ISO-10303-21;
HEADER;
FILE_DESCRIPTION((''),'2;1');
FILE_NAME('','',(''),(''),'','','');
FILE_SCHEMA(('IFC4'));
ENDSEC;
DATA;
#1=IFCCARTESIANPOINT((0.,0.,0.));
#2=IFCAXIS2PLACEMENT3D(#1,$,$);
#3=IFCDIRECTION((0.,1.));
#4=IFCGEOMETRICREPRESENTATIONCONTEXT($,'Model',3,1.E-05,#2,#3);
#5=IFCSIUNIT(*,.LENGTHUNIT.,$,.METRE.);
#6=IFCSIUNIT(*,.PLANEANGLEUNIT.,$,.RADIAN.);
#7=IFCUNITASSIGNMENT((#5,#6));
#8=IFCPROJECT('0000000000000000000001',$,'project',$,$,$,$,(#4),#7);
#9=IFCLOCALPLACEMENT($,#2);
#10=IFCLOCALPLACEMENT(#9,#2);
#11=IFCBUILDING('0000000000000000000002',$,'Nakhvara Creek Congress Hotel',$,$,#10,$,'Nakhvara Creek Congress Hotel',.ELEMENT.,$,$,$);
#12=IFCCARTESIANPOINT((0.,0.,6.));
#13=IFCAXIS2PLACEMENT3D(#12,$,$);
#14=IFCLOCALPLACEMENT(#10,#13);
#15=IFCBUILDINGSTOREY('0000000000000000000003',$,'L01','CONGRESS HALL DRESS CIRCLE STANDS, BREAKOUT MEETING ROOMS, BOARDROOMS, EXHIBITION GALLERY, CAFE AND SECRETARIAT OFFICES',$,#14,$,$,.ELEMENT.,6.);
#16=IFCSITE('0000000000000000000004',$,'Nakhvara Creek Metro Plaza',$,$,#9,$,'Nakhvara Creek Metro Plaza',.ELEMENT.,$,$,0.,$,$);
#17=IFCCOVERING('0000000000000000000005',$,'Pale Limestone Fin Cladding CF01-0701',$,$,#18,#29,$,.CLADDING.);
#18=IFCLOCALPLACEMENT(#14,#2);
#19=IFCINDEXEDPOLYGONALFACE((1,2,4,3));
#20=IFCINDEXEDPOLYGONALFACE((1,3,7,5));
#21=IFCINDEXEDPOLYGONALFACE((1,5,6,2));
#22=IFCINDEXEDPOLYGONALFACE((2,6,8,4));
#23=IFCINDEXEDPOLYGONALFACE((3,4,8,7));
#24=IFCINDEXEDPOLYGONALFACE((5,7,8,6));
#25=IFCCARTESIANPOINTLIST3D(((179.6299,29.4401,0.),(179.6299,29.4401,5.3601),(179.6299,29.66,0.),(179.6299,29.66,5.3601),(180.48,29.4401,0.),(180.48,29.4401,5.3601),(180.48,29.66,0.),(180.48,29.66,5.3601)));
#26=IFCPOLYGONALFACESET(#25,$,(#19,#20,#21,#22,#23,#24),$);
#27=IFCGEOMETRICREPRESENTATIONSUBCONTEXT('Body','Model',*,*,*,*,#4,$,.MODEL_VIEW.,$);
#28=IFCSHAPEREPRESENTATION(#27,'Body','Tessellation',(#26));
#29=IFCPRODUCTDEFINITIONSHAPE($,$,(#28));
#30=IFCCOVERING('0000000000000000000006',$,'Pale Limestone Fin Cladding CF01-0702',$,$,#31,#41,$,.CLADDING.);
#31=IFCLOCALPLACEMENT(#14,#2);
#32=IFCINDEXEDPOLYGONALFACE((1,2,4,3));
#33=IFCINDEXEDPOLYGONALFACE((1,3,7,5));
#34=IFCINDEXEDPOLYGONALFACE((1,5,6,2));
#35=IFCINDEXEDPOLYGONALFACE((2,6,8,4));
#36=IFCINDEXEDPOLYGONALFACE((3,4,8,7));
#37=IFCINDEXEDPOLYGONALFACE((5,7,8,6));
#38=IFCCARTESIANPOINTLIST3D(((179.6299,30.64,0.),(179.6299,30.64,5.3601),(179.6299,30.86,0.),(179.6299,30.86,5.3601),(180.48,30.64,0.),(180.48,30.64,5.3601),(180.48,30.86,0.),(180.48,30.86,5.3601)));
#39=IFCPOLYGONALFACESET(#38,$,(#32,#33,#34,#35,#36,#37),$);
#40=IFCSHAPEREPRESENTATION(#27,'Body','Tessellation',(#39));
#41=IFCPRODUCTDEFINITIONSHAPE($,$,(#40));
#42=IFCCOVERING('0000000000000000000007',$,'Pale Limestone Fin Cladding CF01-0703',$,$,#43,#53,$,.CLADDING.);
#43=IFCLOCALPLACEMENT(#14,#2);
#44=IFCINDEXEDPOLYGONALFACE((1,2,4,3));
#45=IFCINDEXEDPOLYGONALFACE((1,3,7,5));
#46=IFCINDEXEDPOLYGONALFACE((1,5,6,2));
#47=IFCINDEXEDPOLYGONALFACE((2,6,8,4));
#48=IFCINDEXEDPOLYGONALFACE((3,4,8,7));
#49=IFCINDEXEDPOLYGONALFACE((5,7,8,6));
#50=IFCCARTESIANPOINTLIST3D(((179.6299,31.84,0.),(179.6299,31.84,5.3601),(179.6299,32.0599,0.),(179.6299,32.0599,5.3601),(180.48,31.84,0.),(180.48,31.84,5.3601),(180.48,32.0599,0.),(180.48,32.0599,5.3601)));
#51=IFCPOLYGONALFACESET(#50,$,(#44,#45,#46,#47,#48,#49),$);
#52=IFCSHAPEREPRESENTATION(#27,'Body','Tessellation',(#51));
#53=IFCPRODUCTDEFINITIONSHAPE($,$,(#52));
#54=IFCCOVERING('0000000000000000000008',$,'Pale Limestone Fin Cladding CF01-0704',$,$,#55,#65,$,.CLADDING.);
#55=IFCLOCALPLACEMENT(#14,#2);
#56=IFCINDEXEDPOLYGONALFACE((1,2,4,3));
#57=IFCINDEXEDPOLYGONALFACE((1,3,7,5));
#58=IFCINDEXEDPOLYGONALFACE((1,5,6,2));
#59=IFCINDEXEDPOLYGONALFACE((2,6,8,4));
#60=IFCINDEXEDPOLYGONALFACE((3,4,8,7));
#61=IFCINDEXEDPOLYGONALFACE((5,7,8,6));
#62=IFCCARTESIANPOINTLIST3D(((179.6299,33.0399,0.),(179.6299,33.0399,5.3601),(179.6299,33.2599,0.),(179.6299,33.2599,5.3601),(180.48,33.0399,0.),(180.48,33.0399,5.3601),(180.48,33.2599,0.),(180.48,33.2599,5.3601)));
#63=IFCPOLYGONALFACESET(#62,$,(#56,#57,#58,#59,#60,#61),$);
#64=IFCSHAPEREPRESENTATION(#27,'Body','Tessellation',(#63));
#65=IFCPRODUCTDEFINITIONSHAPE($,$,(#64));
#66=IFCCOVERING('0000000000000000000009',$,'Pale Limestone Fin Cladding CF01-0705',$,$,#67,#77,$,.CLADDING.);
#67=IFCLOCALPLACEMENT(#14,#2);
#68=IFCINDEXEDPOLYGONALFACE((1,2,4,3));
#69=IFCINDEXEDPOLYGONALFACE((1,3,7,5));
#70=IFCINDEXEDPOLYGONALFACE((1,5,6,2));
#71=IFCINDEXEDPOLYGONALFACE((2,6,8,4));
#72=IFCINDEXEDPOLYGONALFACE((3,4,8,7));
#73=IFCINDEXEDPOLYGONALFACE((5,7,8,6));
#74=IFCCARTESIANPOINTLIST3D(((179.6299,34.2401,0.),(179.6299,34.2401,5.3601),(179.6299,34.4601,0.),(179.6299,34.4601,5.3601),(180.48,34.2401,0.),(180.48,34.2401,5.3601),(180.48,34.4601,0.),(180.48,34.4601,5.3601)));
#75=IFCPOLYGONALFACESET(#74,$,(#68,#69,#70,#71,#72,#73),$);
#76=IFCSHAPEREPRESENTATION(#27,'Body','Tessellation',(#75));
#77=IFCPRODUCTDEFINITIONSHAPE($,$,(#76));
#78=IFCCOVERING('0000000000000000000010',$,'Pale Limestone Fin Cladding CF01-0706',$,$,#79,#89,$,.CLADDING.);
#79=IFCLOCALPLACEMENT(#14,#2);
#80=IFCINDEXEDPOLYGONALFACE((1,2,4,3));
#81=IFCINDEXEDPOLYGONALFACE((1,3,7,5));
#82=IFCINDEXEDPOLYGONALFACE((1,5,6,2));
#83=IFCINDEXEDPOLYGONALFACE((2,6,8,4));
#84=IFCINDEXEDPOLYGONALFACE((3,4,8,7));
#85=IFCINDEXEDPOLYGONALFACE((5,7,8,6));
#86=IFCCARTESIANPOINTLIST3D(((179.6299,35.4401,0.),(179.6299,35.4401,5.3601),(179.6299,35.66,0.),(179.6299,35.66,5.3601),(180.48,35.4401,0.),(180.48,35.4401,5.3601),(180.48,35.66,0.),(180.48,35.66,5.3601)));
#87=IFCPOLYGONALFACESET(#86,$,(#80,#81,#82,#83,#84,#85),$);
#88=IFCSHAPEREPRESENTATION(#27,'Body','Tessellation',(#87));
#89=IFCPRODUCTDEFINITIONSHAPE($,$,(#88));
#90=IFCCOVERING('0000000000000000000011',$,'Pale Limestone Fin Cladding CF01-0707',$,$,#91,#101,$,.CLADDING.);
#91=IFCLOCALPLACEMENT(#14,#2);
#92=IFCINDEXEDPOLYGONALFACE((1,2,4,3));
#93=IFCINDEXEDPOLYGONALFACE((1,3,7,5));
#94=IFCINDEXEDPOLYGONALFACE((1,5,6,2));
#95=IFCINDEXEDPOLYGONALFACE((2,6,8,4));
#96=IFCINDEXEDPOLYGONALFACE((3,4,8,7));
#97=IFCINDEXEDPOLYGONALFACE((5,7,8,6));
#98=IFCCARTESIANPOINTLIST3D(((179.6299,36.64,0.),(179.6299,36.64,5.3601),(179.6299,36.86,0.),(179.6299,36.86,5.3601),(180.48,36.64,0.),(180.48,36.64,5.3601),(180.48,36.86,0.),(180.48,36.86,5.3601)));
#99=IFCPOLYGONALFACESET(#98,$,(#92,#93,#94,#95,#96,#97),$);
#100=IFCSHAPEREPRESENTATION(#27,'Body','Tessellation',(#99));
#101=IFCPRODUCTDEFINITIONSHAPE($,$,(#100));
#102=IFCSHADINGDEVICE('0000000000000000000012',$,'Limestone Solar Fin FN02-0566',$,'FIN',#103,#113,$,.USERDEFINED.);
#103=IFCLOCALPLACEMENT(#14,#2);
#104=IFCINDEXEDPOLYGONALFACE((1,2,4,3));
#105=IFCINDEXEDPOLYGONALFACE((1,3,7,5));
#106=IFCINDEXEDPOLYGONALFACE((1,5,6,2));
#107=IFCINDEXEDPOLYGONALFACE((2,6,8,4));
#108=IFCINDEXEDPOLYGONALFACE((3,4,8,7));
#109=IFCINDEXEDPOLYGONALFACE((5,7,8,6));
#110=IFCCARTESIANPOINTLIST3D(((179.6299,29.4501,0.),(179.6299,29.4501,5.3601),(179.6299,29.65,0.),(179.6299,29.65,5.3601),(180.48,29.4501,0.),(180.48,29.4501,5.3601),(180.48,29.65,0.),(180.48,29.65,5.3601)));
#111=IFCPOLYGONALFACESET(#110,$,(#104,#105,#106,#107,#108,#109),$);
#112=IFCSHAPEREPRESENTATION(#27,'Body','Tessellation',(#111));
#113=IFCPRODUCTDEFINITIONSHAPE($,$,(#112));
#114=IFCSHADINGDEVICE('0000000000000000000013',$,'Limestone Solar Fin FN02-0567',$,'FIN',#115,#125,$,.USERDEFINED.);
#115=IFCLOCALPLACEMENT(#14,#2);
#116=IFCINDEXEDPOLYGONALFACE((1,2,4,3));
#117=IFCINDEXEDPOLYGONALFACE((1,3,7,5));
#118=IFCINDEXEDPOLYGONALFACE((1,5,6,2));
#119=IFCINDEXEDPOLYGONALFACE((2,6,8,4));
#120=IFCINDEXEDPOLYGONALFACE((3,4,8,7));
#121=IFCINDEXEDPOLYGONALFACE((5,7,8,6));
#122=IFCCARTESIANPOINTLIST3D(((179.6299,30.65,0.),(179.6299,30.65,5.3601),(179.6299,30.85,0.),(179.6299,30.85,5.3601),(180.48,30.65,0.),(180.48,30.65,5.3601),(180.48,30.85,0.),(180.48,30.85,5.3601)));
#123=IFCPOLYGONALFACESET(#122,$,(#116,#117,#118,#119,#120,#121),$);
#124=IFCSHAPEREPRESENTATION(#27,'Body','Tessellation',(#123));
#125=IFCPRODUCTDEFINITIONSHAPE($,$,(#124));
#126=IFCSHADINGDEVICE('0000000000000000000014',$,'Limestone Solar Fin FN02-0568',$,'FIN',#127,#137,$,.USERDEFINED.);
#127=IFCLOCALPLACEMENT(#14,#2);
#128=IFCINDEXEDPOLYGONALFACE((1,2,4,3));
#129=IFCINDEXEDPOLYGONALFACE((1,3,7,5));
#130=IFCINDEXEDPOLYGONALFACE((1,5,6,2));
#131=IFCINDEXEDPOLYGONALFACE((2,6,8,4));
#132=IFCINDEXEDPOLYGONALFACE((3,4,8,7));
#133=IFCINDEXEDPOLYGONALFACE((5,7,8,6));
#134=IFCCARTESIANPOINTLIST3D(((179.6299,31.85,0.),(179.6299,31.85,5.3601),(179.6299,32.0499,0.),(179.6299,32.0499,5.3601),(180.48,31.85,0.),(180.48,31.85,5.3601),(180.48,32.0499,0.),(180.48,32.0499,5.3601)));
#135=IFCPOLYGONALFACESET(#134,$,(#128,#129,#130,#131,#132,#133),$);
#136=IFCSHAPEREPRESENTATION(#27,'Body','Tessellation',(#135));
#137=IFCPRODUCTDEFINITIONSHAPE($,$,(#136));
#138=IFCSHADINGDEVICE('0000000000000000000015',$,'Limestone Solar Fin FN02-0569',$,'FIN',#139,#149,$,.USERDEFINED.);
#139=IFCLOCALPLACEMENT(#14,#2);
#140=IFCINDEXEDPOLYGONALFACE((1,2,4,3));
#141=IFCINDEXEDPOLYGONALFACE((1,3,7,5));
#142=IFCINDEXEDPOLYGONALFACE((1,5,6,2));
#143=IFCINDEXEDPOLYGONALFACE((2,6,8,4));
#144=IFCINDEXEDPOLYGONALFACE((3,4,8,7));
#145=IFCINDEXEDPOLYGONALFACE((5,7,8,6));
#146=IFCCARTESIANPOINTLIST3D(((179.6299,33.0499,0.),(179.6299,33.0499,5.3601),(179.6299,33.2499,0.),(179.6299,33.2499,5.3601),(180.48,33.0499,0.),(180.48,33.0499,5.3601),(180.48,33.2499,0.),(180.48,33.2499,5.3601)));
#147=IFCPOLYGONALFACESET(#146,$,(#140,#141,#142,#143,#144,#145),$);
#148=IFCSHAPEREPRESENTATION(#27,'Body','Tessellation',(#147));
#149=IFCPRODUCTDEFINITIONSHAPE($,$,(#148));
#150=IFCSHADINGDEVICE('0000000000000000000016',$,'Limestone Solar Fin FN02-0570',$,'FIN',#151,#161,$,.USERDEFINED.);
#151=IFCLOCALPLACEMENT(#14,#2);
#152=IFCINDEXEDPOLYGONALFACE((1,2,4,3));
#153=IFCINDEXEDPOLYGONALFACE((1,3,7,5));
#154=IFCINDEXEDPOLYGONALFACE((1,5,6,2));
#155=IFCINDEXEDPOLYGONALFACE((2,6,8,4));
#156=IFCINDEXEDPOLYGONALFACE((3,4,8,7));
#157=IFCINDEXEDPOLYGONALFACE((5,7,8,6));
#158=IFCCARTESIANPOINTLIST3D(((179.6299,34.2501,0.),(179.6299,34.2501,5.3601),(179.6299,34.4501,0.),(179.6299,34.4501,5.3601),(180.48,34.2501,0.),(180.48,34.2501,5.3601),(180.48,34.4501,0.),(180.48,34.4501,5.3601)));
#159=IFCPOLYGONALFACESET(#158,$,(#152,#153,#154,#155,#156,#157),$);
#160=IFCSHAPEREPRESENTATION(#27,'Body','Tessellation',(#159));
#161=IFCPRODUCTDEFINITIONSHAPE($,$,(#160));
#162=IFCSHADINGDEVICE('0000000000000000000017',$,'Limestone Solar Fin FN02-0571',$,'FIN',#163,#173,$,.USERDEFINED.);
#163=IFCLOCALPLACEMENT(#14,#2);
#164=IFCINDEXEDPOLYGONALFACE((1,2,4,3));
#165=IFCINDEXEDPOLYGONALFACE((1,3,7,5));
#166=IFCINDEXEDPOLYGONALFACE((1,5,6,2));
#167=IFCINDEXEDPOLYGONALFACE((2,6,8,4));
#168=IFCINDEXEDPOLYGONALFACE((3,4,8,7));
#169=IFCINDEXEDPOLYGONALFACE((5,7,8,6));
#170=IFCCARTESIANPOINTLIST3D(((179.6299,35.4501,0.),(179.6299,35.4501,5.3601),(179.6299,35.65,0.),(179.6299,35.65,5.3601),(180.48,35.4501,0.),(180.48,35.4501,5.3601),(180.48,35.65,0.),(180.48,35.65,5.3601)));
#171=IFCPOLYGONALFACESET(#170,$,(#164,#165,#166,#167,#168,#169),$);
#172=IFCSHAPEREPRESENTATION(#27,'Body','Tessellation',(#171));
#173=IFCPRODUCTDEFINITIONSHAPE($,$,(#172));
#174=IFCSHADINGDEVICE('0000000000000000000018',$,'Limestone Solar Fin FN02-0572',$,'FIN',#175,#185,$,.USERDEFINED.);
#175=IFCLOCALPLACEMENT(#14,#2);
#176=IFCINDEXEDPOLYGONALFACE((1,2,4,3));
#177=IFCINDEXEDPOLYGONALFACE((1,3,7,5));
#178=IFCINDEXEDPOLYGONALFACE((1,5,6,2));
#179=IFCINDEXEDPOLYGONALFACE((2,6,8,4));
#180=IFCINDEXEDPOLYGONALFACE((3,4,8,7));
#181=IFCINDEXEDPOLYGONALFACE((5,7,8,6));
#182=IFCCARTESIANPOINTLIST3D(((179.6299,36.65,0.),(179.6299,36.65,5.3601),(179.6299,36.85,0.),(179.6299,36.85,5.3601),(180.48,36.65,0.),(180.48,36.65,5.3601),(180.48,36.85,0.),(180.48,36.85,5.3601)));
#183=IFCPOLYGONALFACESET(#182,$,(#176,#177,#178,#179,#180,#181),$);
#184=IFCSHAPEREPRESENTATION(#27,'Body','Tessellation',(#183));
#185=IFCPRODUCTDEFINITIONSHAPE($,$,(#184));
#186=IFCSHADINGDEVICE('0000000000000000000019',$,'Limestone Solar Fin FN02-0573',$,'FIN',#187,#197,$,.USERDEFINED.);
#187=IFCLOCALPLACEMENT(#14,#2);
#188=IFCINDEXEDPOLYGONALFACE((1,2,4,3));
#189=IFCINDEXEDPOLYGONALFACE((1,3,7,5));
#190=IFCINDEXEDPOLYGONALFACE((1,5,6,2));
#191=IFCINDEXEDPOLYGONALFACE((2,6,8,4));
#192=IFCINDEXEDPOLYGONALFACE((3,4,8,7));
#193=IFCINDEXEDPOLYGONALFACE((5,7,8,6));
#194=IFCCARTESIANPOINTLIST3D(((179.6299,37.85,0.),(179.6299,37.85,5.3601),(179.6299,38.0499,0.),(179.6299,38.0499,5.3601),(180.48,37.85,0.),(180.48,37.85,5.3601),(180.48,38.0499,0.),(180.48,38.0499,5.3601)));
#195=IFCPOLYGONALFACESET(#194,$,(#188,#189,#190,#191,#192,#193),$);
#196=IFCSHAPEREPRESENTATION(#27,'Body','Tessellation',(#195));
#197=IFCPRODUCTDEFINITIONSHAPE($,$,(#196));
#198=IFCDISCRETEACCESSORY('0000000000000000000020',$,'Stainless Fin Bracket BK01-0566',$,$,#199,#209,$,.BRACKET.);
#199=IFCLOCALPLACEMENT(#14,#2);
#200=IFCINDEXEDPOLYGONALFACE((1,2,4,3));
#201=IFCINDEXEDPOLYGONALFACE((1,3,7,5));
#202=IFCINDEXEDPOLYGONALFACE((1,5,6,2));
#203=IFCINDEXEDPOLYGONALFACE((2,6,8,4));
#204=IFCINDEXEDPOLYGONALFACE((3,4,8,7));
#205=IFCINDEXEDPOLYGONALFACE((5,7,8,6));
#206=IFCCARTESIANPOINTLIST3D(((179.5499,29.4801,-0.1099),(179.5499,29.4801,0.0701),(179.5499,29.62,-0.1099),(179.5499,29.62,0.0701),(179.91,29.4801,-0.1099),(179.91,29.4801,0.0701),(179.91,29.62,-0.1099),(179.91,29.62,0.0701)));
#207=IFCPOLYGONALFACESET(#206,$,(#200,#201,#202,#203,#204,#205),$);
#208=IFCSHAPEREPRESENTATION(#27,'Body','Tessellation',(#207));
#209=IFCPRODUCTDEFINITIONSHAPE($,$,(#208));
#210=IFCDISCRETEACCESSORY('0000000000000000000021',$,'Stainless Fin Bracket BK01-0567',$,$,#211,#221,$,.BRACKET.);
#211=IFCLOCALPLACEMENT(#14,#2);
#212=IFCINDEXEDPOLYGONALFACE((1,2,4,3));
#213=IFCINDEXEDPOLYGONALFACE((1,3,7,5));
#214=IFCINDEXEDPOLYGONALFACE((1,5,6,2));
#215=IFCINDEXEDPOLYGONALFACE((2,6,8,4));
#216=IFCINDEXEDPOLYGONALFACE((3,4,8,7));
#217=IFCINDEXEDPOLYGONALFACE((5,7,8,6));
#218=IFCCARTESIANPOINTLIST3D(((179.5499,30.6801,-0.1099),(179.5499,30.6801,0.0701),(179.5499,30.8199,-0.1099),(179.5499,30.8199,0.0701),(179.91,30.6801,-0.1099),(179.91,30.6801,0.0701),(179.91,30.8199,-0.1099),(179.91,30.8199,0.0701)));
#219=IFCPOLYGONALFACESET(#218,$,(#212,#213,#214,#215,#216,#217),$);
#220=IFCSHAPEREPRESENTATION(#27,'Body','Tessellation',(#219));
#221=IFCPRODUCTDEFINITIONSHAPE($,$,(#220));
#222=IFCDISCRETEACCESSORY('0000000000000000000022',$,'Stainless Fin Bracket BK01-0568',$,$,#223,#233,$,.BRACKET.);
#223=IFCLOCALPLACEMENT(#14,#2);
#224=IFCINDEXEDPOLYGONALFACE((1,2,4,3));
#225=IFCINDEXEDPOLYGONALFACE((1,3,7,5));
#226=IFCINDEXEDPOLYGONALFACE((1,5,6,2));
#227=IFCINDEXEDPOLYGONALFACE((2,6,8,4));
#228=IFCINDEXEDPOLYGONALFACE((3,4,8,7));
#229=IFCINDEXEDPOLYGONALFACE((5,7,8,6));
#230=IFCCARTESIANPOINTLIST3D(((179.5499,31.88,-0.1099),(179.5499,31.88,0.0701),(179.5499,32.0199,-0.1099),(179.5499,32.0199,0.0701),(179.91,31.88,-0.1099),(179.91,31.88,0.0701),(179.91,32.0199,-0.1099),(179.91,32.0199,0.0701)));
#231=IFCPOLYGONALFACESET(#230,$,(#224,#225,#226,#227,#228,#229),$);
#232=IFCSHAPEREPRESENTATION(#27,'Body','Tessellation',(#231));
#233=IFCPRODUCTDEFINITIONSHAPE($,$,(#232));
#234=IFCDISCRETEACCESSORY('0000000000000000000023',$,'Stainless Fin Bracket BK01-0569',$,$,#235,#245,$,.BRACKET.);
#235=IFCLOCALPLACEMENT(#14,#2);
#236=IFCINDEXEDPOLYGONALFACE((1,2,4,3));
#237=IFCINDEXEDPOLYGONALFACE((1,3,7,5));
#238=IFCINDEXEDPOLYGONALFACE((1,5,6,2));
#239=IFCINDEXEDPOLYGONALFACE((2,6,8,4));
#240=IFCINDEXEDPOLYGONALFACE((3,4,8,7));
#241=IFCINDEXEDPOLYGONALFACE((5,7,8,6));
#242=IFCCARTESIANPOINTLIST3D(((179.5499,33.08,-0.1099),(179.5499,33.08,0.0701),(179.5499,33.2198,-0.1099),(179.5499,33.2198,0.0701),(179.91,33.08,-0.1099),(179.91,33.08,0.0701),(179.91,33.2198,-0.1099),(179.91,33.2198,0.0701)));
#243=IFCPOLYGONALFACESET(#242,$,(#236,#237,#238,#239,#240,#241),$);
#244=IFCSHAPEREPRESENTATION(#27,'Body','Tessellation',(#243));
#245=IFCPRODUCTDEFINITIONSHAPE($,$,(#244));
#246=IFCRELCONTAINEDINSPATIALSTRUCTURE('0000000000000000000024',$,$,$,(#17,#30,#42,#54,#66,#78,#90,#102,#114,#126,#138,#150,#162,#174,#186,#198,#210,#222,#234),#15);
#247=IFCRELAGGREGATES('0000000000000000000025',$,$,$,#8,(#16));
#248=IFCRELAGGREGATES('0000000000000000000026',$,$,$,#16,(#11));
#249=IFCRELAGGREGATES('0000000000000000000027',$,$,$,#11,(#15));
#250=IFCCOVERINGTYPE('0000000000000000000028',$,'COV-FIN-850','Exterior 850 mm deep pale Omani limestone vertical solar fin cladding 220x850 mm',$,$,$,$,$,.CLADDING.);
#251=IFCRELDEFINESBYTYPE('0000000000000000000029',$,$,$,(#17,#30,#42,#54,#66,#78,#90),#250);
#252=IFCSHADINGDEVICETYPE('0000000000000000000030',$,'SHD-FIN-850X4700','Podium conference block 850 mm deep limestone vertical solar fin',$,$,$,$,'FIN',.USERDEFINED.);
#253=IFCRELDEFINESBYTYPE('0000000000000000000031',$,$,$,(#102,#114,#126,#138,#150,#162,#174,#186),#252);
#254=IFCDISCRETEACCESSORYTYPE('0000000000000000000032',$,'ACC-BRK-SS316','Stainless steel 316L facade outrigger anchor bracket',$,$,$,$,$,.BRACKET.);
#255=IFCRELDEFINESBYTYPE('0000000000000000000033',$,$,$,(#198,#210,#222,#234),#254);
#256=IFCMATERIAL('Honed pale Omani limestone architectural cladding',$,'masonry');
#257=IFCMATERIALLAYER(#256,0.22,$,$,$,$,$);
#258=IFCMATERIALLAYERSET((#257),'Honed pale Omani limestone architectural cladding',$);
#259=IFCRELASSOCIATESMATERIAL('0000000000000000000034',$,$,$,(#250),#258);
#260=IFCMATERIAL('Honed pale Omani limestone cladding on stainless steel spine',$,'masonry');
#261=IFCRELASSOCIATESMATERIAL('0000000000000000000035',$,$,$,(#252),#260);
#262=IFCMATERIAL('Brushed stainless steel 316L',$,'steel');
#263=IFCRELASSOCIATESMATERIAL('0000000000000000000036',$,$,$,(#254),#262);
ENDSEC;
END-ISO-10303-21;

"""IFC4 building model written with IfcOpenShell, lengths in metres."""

from ifc_helpers import new_model, si_unit, direction, frame, origin, origin_2d, place, context, subcontext, project, spatial, rectangle, extrude, material, layer, layer_set, type_object, element, save


model = new_model("IFC4")

# Units and contexts
model_context = context("Model", 3, precision=1e-05, world=origin(), true_north=direction((0.0, 1.0)))
body_context = subcontext(model_context, "Body", "Model", "MODEL_VIEW")
ifc_project = project(units=[si_unit("LENGTHUNIT", "METRE"), si_unit("PLANEANGLEUNIT", "RADIAN")], contexts=[model_context])

# Site, building, storey
site_placement = place(None, origin())
site = spatial("IfcSite", under=ifc_project, at=site_placement, Name="Nakhvara Creek Metro Plaza", LongName="Nakhvara Creek Metro Plaza", CompositionType="ELEMENT", RefElevation=0.0)
building_placement = place(site_placement, origin())
building = spatial("IfcBuilding", under=site, at=building_placement, Name="Nakhvara Creek Congress Hotel", LongName="Nakhvara Creek Congress Hotel", CompositionType="ELEMENT")
storey_placement = place(building_placement, frame((0.0, 0.0, 6.0)))
storey = spatial("IfcBuildingStorey", under=building, at=storey_placement, Name="L01", Description="CONGRESS HALL DRESS CIRCLE STANDS, BREAKOUT MEETING ROOMS, BOARDROOMS, EXHIBITION GALLERY, CAFE AND SECRETARIAT OFFICES", CompositionType="ELEMENT", Elevation=6.0)

# Coverings
ifc_material_1 = material(Name="Honed pale Omani limestone architectural cladding", Category="masonry")
ifc_layer = layer(ifc_material_1, 0.22)
ifc_layer_set = layer_set([ifc_layer], Name="Honed pale Omani limestone architectural cladding")
covering_type = type_object("IfcCoveringType", Name="COV-FIN-850", Description="Exterior 850 mm deep pale Omani limestone vertical solar fin cladding 220x850 mm", PredefinedType="CLADDING", material=ifc_layer_set)
for number, where, z_axis, x_axis, name in (
    (1, (180.0549, 29.55, 0.0), (0.0, 0.0, 1.0), (0.0, 1.0, 0.0), "Pale Limestone Fin Cladding CF01-0701"),
    (2, (180.0549, 30.75, 0.0), (0.0, 0.0, 1.0), (0.0, 1.0, 0.0), "Pale Limestone Fin Cladding CF01-0702"),
    (3, (180.0549, 31.95, 0.0), (0.0, 0.0, 1.0), (0.0, 1.0, 0.0), "Pale Limestone Fin Cladding CF01-0703"),
    (4, (180.0549, 33.1499, 0.0), (0.0, 0.0, 1.0), (0.0, 1.0, 0.0), "Pale Limestone Fin Cladding CF01-0704"),
    (5, (180.0549, 34.3501, 0.0), (0.0, 0.0, 1.0), (0.0, 1.0, 0.0), "Pale Limestone Fin Cladding CF01-0705"),
    (6, (180.0549, 35.55, 0.0), (0.0, 0.0, 1.0), (0.0, 1.0, 0.0), "Pale Limestone Fin Cladding CF01-0706"),
    (7, (180.0549, 36.75, 0.0), (0.0, 0.0, 1.0), (0.0, 1.0, 0.0), "Pale Limestone Fin Cladding CF01-0707"),
):
    element("IfcCovering", number, at=place(storey_placement, frame(where, z_axis=z_axis, x_axis=x_axis)), inside=storey, type_object=covering_type, Name=name, PredefinedType="CLADDING", context=body_context, shape_type="SweptSolid", body=[
        extrude(rectangle(XDim=0.22, YDim=0.8501, at=origin_2d()), origin(), (0.0, 0.0, 1.0), 5.3601),
    ])

# Shading devices
ifc_material_2 = material(Name="Honed pale Omani limestone cladding on stainless steel spine", Category="masonry")
shading_device_type = type_object("IfcShadingDeviceType", Name="SHD-FIN-850X4700", Description="Podium conference block 850 mm deep limestone vertical solar fin", ElementType="FIN", PredefinedType="USERDEFINED", material=ifc_material_2)
for number, where, z_axis, x_axis, name in (
    (8, (180.0549, 29.55, 0.0), (0.0, 0.0, 1.0), (0.0, 1.0, 0.0), "Limestone Solar Fin FN02-0566"),
    (9, (180.0549, 30.75, 0.0), (0.0, 0.0, 1.0), (0.0, 1.0, 0.0), "Limestone Solar Fin FN02-0567"),
    (10, (180.0549, 31.95, 0.0), (0.0, 0.0, 1.0), (0.0, 1.0, 0.0), "Limestone Solar Fin FN02-0568"),
    (11, (180.0549, 33.1499, 0.0), (0.0, 0.0, 1.0), (0.0, 1.0, 0.0), "Limestone Solar Fin FN02-0569"),
    (12, (180.0549, 34.3501, 0.0), (0.0, 0.0, 1.0), (0.0, 1.0, 0.0), "Limestone Solar Fin FN02-0570"),
    (13, (180.0549, 35.55, 0.0), (0.0, 0.0, 1.0), (0.0, 1.0, 0.0), "Limestone Solar Fin FN02-0571"),
    (14, (180.0549, 36.75, 0.0), (0.0, 0.0, 1.0), (0.0, 1.0, 0.0), "Limestone Solar Fin FN02-0572"),
    (15, (180.0549, 37.95, 0.0), (0.0, 0.0, 1.0), (0.0, 1.0, 0.0), "Limestone Solar Fin FN02-0573"),
):
    element("IfcShadingDevice", number, at=place(storey_placement, frame(where, z_axis=z_axis, x_axis=x_axis)), inside=storey, type_object=shading_device_type, Name=name, ObjectType="FIN", PredefinedType="USERDEFINED", context=body_context, shape_type="SweptSolid", body=[
        extrude(rectangle(XDim=0.2, YDim=0.8501, at=origin_2d()), origin(), (0.0, 0.0, 1.0), 5.3601),
    ])

# Discrete accessories
ifc_material_3 = material(Name="Brushed stainless steel 316L", Category="steel")
discrete_accessory_type = type_object("IfcDiscreteAccessoryType", Name="ACC-BRK-SS316", Description="Stainless steel 316L facade outrigger anchor bracket", PredefinedType="BRACKET", material=ifc_material_3)
for number, where, z_axis, x_axis, name in (
    (16, (179.73, 29.55, -0.1099), (0.0, 0.0, 1.0), (0.0, 1.0, 0.0), "Stainless Fin Bracket BK01-0566"),
    (17, (179.73, 30.75, -0.1099), (0.0, 0.0, 1.0), (0.0, 1.0, 0.0), "Stainless Fin Bracket BK01-0567"),
    (18, (179.73, 31.95, -0.1099), (0.0, 0.0, 1.0), (0.0, 1.0, 0.0), "Stainless Fin Bracket BK01-0568"),
    (19, (179.73, 33.1499, -0.1099), (0.0, 0.0, 1.0), (0.0, 1.0, 0.0), "Stainless Fin Bracket BK01-0569"),
):
    element("IfcDiscreteAccessory", number, at=place(storey_placement, frame(where, z_axis=z_axis, x_axis=x_axis)), inside=storey, type_object=discrete_accessory_type, Name=name, PredefinedType="BRACKET", context=body_context, shape_type="SweptSolid", body=[
        extrude(rectangle(XDim=0.1399, YDim=0.3601, at=origin_2d()), origin(), (0.0, 0.0, 1.0), 0.1799),
    ])

save(model, "model.ifc")
